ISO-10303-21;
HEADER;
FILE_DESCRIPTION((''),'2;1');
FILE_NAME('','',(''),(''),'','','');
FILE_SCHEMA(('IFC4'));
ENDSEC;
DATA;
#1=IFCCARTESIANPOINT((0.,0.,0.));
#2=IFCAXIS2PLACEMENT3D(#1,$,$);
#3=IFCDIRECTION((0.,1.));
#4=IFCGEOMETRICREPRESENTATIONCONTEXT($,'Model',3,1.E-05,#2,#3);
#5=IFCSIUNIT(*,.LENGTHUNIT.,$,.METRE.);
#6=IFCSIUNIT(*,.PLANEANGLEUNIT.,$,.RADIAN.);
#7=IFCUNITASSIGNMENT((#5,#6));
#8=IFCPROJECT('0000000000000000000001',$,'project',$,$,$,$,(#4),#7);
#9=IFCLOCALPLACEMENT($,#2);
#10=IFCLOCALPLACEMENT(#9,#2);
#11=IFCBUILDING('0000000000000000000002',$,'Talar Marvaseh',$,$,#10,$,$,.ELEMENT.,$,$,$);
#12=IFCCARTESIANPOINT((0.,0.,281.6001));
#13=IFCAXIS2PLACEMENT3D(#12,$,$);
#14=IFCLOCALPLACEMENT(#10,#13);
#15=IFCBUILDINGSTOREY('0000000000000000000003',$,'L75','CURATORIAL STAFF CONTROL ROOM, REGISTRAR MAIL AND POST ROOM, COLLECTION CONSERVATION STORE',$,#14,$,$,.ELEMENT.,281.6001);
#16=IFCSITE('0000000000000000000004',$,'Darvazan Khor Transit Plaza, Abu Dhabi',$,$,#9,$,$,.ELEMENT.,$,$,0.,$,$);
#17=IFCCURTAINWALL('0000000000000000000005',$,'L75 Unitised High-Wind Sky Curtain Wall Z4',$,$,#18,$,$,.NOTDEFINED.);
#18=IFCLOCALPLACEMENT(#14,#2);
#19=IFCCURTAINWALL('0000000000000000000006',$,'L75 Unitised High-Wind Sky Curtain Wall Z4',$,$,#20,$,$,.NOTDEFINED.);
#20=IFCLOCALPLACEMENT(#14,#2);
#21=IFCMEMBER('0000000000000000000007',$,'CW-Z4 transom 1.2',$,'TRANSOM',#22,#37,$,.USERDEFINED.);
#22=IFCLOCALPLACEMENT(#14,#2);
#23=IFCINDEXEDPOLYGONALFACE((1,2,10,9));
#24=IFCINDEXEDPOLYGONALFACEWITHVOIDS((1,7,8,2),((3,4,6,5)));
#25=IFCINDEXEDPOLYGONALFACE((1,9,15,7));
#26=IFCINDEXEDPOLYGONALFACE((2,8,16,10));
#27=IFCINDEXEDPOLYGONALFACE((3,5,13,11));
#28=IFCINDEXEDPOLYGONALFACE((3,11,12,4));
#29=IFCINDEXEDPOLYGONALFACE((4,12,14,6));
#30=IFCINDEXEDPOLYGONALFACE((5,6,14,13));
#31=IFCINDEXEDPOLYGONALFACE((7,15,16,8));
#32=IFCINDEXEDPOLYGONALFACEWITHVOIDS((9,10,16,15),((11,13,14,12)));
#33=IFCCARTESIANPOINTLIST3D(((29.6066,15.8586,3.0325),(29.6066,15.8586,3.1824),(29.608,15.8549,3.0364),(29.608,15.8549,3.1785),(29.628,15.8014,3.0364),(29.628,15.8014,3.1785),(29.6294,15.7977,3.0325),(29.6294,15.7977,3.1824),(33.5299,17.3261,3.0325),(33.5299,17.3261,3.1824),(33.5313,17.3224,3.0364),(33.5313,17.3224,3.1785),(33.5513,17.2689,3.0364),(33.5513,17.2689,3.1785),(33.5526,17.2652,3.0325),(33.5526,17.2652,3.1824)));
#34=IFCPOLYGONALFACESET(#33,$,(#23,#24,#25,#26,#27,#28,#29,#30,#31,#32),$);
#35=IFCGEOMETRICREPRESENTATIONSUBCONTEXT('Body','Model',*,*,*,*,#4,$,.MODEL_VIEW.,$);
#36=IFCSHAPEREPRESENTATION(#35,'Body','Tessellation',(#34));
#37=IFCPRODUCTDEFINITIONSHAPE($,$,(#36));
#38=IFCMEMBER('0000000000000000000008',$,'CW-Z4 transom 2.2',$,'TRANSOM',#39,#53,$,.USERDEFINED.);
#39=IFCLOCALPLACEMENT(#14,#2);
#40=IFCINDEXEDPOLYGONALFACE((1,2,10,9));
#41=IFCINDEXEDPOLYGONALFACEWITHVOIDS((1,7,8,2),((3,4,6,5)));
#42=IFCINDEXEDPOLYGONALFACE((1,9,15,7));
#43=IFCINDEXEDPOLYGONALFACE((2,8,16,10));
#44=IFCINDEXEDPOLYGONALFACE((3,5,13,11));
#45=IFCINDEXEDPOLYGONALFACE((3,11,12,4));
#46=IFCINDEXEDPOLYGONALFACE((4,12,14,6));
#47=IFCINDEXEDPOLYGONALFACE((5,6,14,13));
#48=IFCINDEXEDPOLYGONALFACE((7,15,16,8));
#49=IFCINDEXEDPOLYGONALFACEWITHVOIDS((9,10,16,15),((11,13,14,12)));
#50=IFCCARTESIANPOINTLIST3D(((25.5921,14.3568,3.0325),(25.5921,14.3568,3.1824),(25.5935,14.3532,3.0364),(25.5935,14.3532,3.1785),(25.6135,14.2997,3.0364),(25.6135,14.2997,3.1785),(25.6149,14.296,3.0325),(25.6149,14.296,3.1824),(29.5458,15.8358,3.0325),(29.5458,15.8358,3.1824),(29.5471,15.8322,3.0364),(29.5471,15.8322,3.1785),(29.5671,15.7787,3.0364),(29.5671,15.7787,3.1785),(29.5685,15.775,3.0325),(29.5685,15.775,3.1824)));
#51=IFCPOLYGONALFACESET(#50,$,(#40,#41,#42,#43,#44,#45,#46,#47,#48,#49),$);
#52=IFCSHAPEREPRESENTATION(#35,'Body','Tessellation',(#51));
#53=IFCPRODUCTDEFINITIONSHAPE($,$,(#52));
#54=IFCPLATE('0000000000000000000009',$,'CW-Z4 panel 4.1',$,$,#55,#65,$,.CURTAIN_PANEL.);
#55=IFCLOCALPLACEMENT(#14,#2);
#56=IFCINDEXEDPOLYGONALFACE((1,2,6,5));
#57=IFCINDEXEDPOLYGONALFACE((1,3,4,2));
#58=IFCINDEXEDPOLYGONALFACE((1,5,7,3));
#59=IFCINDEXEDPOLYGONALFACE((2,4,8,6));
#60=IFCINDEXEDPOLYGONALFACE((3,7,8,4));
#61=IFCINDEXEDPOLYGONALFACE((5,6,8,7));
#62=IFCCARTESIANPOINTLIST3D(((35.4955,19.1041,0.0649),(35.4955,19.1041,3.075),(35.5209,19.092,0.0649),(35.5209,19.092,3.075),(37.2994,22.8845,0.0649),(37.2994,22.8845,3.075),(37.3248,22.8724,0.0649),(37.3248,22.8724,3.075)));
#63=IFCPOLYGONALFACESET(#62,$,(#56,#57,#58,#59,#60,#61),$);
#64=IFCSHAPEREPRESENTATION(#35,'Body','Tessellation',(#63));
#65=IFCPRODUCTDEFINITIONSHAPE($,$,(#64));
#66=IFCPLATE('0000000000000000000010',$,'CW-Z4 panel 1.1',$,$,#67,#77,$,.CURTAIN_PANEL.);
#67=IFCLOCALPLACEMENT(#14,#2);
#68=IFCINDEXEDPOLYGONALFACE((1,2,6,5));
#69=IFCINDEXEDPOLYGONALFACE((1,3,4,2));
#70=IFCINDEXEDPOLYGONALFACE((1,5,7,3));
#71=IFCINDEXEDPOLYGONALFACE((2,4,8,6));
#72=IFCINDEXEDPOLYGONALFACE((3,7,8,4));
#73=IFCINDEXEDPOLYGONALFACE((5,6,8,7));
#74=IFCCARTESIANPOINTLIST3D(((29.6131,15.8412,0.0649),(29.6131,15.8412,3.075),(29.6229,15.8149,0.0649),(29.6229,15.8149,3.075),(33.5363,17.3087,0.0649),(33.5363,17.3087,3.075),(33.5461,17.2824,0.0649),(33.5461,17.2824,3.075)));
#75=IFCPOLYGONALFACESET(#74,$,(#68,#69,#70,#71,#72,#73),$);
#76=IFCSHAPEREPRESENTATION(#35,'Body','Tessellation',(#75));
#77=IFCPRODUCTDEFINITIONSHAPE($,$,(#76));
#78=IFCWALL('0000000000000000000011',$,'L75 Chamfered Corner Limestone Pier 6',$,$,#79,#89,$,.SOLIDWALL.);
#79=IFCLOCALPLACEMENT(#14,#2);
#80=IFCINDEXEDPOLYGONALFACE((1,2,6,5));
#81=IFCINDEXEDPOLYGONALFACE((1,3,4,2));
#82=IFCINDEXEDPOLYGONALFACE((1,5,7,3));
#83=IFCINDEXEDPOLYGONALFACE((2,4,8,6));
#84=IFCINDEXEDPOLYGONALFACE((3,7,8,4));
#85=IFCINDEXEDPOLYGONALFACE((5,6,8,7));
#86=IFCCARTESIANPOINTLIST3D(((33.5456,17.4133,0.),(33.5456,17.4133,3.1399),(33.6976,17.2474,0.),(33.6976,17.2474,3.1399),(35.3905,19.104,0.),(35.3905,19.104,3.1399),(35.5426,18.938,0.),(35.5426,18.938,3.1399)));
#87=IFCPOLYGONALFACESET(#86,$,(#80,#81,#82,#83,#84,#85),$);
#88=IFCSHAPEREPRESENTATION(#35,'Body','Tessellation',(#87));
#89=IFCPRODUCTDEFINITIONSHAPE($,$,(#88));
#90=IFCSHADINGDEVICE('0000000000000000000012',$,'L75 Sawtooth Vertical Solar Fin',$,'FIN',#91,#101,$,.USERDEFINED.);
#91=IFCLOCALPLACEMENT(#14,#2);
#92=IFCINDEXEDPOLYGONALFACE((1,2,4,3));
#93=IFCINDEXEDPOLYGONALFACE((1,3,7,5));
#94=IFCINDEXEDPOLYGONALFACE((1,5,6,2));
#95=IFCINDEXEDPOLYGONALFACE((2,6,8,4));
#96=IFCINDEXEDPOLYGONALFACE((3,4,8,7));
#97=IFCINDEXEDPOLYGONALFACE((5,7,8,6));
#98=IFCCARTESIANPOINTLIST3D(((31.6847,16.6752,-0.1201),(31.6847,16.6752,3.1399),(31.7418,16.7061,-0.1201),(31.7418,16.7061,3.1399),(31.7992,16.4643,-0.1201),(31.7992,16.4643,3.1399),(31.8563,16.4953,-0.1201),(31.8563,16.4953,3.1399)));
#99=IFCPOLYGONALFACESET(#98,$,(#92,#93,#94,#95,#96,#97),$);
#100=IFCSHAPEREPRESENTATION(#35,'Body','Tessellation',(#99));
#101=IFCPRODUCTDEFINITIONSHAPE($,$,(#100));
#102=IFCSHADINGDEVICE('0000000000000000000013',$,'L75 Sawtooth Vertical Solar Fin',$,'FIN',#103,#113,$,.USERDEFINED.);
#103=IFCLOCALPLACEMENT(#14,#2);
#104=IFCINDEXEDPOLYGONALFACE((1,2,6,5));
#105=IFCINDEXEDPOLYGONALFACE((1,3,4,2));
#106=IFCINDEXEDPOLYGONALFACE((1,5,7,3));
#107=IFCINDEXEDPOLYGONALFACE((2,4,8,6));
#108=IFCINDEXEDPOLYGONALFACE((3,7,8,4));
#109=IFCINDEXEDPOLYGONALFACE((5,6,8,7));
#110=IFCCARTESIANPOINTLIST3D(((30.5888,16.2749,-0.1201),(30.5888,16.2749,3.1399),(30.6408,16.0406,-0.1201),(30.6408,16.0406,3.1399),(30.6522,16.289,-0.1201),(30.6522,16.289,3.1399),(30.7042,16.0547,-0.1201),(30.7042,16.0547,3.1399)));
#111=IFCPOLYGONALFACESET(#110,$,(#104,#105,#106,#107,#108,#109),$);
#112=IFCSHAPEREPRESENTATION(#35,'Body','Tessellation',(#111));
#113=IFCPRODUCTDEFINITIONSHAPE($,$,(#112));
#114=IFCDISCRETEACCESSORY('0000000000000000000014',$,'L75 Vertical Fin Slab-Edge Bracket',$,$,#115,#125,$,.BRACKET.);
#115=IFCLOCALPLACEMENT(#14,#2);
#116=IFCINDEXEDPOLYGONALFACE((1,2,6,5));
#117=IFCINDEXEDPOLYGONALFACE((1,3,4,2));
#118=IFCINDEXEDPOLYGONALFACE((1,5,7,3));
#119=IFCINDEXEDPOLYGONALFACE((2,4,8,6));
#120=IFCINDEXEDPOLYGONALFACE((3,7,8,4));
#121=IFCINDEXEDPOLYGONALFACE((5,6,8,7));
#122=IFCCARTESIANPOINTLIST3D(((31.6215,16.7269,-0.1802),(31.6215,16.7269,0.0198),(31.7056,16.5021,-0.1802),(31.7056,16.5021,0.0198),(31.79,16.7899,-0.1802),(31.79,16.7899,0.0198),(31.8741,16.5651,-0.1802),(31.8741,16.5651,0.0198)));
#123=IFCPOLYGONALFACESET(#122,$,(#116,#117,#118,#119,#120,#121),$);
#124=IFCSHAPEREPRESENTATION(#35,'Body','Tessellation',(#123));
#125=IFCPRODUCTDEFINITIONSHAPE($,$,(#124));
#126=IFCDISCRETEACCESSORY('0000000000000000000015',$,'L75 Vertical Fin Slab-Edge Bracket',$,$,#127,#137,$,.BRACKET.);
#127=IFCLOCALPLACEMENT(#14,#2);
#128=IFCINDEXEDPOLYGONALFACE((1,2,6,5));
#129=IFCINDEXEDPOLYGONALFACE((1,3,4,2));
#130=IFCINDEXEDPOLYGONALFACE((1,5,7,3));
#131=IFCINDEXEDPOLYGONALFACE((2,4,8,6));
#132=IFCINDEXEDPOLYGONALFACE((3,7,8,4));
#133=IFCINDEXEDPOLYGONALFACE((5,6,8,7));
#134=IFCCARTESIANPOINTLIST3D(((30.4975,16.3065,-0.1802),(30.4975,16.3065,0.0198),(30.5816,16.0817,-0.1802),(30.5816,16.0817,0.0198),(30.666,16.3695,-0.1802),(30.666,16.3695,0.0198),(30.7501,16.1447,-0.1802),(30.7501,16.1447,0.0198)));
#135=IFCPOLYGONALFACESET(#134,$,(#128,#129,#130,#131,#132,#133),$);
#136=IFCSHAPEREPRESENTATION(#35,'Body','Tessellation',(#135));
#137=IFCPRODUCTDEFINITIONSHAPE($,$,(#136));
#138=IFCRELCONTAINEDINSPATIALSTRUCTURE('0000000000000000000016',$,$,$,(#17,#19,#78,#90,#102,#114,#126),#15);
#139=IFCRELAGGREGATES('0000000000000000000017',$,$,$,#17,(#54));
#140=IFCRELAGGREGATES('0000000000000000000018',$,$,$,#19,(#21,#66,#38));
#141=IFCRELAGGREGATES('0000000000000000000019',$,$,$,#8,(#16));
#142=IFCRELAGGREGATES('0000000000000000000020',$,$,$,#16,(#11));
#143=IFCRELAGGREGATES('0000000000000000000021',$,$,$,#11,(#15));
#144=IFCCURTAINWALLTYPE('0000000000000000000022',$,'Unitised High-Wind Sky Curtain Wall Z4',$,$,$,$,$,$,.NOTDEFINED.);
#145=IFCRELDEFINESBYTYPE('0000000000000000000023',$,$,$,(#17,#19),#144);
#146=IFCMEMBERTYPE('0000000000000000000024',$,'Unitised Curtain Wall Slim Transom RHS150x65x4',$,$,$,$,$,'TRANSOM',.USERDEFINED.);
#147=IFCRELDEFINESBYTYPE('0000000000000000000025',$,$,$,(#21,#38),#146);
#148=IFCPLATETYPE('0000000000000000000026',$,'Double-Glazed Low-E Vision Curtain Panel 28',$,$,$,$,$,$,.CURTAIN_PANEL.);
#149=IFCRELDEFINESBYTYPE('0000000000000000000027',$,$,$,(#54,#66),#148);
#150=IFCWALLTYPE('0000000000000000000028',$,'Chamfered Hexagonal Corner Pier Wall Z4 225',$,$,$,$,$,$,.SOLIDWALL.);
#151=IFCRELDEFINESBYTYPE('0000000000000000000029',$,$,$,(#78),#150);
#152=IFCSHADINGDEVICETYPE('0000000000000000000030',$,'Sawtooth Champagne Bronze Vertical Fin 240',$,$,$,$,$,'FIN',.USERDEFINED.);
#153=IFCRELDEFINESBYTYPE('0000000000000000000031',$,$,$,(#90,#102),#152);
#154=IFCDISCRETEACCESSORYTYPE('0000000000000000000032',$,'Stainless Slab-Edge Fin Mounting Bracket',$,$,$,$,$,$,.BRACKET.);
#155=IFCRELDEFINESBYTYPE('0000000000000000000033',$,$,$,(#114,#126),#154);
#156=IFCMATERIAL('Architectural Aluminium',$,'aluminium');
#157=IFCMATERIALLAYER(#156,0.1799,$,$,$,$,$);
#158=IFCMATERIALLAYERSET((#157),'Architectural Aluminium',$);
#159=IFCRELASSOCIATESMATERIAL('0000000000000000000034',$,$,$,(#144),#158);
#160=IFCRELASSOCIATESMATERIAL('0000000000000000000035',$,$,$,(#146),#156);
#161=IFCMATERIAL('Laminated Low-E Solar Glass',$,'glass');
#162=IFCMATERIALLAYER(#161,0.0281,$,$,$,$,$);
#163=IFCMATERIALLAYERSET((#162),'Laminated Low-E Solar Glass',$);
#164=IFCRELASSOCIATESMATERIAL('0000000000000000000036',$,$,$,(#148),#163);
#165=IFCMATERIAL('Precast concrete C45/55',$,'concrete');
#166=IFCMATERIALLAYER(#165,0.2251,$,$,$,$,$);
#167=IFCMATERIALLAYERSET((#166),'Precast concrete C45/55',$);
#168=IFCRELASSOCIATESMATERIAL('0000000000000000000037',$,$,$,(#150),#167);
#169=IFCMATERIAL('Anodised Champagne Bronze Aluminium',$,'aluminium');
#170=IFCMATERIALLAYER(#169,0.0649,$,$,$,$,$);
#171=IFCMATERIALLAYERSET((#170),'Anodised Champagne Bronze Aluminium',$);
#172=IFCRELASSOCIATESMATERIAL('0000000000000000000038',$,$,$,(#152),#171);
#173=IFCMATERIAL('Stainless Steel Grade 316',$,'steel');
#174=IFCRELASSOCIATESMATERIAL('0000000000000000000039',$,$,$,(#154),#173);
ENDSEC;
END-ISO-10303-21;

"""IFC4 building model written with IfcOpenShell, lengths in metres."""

from ifc_helpers import new_model, si_unit, direction, frame, frame_2d, origin, origin_2d, place, context, subcontext, project, spatial, rectangle, hollow_rectangle, extrude, source, transform, mapped, material, layer, layer_set, material_profile, profile_set, type_object, type_shapes, element, aggregate, save


model = new_model("IFC4")

# Units and contexts
model_context = context("Model", 3, precision=1e-05, world=origin(), true_north=direction((0.0, 1.0)))
body_context = subcontext(model_context, "Body", "Model", "MODEL_VIEW")
ifc_project = project(units=[si_unit("LENGTHUNIT", "METRE"), si_unit("PLANEANGLEUNIT", "RADIAN")], contexts=[model_context])

# Site, building, storey
site_placement = place(None, origin())
site = spatial("IfcSite", under=ifc_project, at=site_placement, Name="Darvazan Khor Transit Plaza, Abu Dhabi", CompositionType="ELEMENT", RefElevation=0.0)
building_placement = place(site_placement, origin())
building = spatial("IfcBuilding", under=site, at=building_placement, Name="Talar Marvaseh", CompositionType="ELEMENT")
storey_placement = place(building_placement, frame((0.0, 0.0, 281.6001)))
storey = spatial("IfcBuildingStorey", under=building, at=storey_placement, Name="L75", Description="CURATORIAL STAFF CONTROL ROOM, REGISTRAR MAIL AND POST ROOM, COLLECTION CONSERVATION STORE", CompositionType="ELEMENT", Elevation=281.6001)

# Curtain wall
ifc_material_1 = material(Name="Architectural Aluminium", Category="aluminium")
ifc_layer_1 = layer(ifc_material_1, 0.1799)
ifc_layer_set_1 = layer_set([ifc_layer_1], Name="Architectural Aluminium")
curtain_wall_type = type_object("IfcCurtainWallType", Name="Unitised High-Wind Sky Curtain Wall Z4", PredefinedType="NOTDEFINED", material=ifc_layer_set_1)
curtain_wall_1_placement = place(storey_placement, origin())
curtain_wall_1 = element("IfcCurtainWall", 1, at=curtain_wall_1_placement, inside=storey, type_object=curtain_wall_type, Name="L75 Unitised High-Wind Sky Curtain Wall Z4", PredefinedType="NOTDEFINED")

# Curtain wall, members
curtain_wall_2_placement = place(storey_placement, origin())
curtain_wall_2 = element("IfcCurtainWall", 2, at=curtain_wall_2_placement, inside=storey, type_object=curtain_wall_type, Name="L75 Unitised High-Wind Sky Curtain Wall Z4", PredefinedType="NOTDEFINED")
ifc_material_profile_1 = material_profile(ifc_material_1, hollow_rectangle(XDim=0.0649, YDim=0.1499, WallThickness=0.0039, at=origin_2d()), Name="RHS150x65x4")
ifc_profile_set_1 = profile_set([ifc_material_profile_1], Name="Architectural Aluminium")
member_type_1 = type_object("IfcMemberType", Name="Unitised Curtain Wall Slim Transom RHS150x65x4", ElementType="TRANSOM", PredefinedType="USERDEFINED", material=ifc_profile_set_1)
shared_shape_1 = source(origin(), body_context, "Body", "SweptSolid", [
    extrude(hollow_rectangle(XDim=0.0649, YDim=0.1499, WallThickness=0.0039, at=origin_2d()), origin(), (0.0, 0.0, 1.0), 4.1887),
])
member_1_placement = place(storey_placement, frame((33.5413, 17.2957, 3.1074), z_axis=(-0.936621, -0.350344, 0.0), x_axis=(0.350344, -0.936621, 0.0)))
member_1 = element("IfcMember", 3, at=member_1_placement, type_object=member_type_1, Name="CW-Z4 transom 1.2", ObjectType="TRANSOM", PredefinedType="USERDEFINED", context=body_context, shape_type="MappedRepresentation", body=[
    mapped(shared_shape_1, transform((0.0, 0.0, 0.0), x_axis=(1.0, 0.0, 0.0), y_axis=(0.0, 1.0, 0.0), z_axis=(0.0, 0.0, 1.0), scale=1.0)),
])
shared_shape_2 = source(origin(), body_context, "Body", "SweptSolid", [
    extrude(hollow_rectangle(XDim=0.0649, YDim=0.1499, WallThickness=0.0039, at=origin_2d()), origin(), (0.0, 0.0, 1.0), 4.2212),
])
type_shapes(member_type_1, [shared_shape_1, shared_shape_2])
member_2_placement = place(storey_placement, frame((29.5571, 15.8054, 3.1074), z_axis=(-0.936609, -0.350375, 0.0), x_axis=(0.350375, -0.936609, 0.0)))
member_2 = element("IfcMember", 4, at=member_2_placement, type_object=member_type_1, Name="CW-Z4 transom 2.2", ObjectType="TRANSOM", PredefinedType="USERDEFINED", context=body_context, shape_type="MappedRepresentation", body=[
    mapped(shared_shape_2, transform((0.0, 0.0, 0.0), x_axis=(1.0, 0.0, 0.0), y_axis=(0.0, 1.0, 0.0), z_axis=(0.0, 0.0, 1.0), scale=1.0)),
])

# Plates
ifc_material_2 = material(Name="Laminated Low-E Solar Glass", Category="glass")
ifc_layer_2 = layer(ifc_material_2, 0.0281)
ifc_layer_set_2 = layer_set([ifc_layer_2], Name="Laminated Low-E Solar Glass")
plate_type = type_object("IfcPlateType", Name="Double-Glazed Low-E Vision Curtain Panel 28", PredefinedType="CURTAIN_PANEL", material=ifc_layer_set_2)
shared_shape_3 = source(origin(), body_context, "Body", "SweptSolid", [
    extrude(rectangle(XDim=4.1887, YDim=0.0281, at=origin_2d()), origin(), (0.0, 0.0, 1.0), 3.01),
])
type_shapes(plate_type, [shared_shape_3])
plate_1_placement = place(storey_placement, frame((36.4102, 20.9883, 0.0649), z_axis=(0.0, 0.0, 1.0), x_axis=(-0.430655, -0.902517, 0.0)))
plate_1 = element("IfcPlate", 5, at=plate_1_placement, type_object=plate_type, Name="CW-Z4 panel 4.1", PredefinedType="CURTAIN_PANEL", context=body_context, shape_type="MappedRepresentation", body=[
    mapped(shared_shape_3, transform((0.0, 0.0, 0.0), x_axis=(1.0, 0.0, 0.0), y_axis=(0.0, 1.0, 0.0), z_axis=(0.0, 0.0, 1.0), scale=1.0)),
])
aggregate(curtain_wall_1, [plate_1])
plate_2_placement = place(storey_placement, frame((31.5796, 16.5618, 0.0649), z_axis=(0.0, 0.0, 1.0), x_axis=(-0.936618, -0.350351, 0.0)))
plate_2 = element("IfcPlate", 6, at=plate_2_placement, type_object=plate_type, Name="CW-Z4 panel 1.1", PredefinedType="CURTAIN_PANEL", context=body_context, shape_type="MappedRepresentation", body=[
    mapped(shared_shape_3, transform((0.0, 0.0, 0.0), x_axis=(1.0, 0.0, 0.0), y_axis=(0.0, 1.0, 0.0), z_axis=(0.0, 0.0, 1.0), scale=1.0)),
])
aggregate(curtain_wall_2, [member_1, plate_2, member_2])

# Wall
ifc_material_3 = material(Name="Precast concrete C45/55", Category="concrete")
ifc_layer_3 = layer(ifc_material_3, 0.2251)
ifc_layer_set_3 = layer_set([ifc_layer_3], Name="Precast concrete C45/55")
wall_type = type_object("IfcWallType", Name="Chamfered Hexagonal Corner Pier Wall Z4 225", PredefinedType="SOLIDWALL", material=ifc_layer_set_3)
wall_placement = place(storey_placement, frame((35.4666, 19.021, 0.0), z_axis=(0.0, 0.0, 1.0), x_axis=(-0.737263, -0.675605, 0.0)))
element("IfcWall", 7, at=wall_placement, inside=storey, type_object=wall_type, Name="L75 Chamfered Corner Limestone Pier 6", PredefinedType="SOLIDWALL", context=body_context, shape_type="SweptSolid", body=[
    extrude(rectangle(XDim=2.5024, YDim=0.2251, at=frame_2d((1.2512, 0.0))), origin(), (0.0, 0.0, 1.0), 3.1399),
])

# Shading devices
ifc_material_4 = material(Name="Anodised Champagne Bronze Aluminium", Category="aluminium")
ifc_layer_4 = layer(ifc_material_4, 0.0649)
ifc_layer_set_4 = layer_set([ifc_layer_4], Name="Anodised Champagne Bronze Aluminium")
shading_device_type = type_object("IfcShadingDeviceType", Name="Sawtooth Champagne Bronze Vertical Fin 240", ElementType="FIN", PredefinedType="USERDEFINED", material=ifc_layer_set_4)
shared_shape_4 = source(origin(), body_context, "Body", "SweptSolid", [
    extrude(rectangle(XDim=0.24, YDim=0.0649, at=origin_2d()), origin(), (0.0, 0.0, 1.0), 3.26),
])
type_shapes(shading_device_type, [shared_shape_4])
for number, where, z_axis, x_axis, name in (
    (8, (31.7705, 16.5852, -0.1201), (0.0, 0.0, 1.0), (0.477312, -0.878734, 0.0), "L75 Sawtooth Vertical Solar Fin"),
    (9, (30.6465, 16.1648, -0.1201), (0.0, 0.0, 1.0), (0.21661, -0.976258, 0.0), "L75 Sawtooth Vertical Solar Fin"),
):
    element("IfcShadingDevice", number, at=place(storey_placement, frame(where, z_axis=z_axis, x_axis=x_axis)), inside=storey, type_object=shading_device_type, Name=name, ObjectType="FIN", PredefinedType="USERDEFINED", context=body_context, shape_type="MappedRepresentation", body=[
        mapped(shared_shape_4, transform((0.0, 0.0, 0.0), x_axis=(1.0, 0.0, 0.0), y_axis=(0.0, 1.0, 0.0), z_axis=(0.0, 0.0, 1.0), scale=1.0)),
    ])

# Discrete accessories
ifc_material_5 = material(Name="Stainless Steel Grade 316", Category="steel")
discrete_accessory_type = type_object("IfcDiscreteAccessoryType", Name="Stainless Slab-Edge Fin Mounting Bracket", PredefinedType="BRACKET", material=ifc_material_5)
shared_shape_5 = source(origin(), body_context, "Body", "SweptSolid", [
    extrude(rectangle(XDim=0.24, YDim=0.1799, at=origin_2d()), origin(), (0.0, 0.0, 1.0), 0.2),
])
type_shapes(discrete_accessory_type, [shared_shape_5])
for number, where, z_axis, x_axis, name in (
    (10, (31.7478, 16.646, -0.1802), (0.0, 0.0, 1.0), (0.350371, -0.936611, 0.0), "L75 Vertical Fin Slab-Edge Bracket"),
    (11, (30.6238, 16.2256, -0.1802), (0.0, 0.0, 1.0), (0.350371, -0.936611, 0.0), "L75 Vertical Fin Slab-Edge Bracket"),
):
    element("IfcDiscreteAccessory", number, at=place(storey_placement, frame(where, z_axis=z_axis, x_axis=x_axis)), inside=storey, type_object=discrete_accessory_type, Name=name, PredefinedType="BRACKET", context=body_context, shape_type="MappedRepresentation", body=[
        mapped(shared_shape_5, transform((0.0, 0.0, 0.0), x_axis=(1.0, 0.0, 0.0), y_axis=(0.0, 1.0, 0.0), z_axis=(0.0, 0.0, 1.0), scale=1.0)),
    ])

save(model, "model.ifc")
